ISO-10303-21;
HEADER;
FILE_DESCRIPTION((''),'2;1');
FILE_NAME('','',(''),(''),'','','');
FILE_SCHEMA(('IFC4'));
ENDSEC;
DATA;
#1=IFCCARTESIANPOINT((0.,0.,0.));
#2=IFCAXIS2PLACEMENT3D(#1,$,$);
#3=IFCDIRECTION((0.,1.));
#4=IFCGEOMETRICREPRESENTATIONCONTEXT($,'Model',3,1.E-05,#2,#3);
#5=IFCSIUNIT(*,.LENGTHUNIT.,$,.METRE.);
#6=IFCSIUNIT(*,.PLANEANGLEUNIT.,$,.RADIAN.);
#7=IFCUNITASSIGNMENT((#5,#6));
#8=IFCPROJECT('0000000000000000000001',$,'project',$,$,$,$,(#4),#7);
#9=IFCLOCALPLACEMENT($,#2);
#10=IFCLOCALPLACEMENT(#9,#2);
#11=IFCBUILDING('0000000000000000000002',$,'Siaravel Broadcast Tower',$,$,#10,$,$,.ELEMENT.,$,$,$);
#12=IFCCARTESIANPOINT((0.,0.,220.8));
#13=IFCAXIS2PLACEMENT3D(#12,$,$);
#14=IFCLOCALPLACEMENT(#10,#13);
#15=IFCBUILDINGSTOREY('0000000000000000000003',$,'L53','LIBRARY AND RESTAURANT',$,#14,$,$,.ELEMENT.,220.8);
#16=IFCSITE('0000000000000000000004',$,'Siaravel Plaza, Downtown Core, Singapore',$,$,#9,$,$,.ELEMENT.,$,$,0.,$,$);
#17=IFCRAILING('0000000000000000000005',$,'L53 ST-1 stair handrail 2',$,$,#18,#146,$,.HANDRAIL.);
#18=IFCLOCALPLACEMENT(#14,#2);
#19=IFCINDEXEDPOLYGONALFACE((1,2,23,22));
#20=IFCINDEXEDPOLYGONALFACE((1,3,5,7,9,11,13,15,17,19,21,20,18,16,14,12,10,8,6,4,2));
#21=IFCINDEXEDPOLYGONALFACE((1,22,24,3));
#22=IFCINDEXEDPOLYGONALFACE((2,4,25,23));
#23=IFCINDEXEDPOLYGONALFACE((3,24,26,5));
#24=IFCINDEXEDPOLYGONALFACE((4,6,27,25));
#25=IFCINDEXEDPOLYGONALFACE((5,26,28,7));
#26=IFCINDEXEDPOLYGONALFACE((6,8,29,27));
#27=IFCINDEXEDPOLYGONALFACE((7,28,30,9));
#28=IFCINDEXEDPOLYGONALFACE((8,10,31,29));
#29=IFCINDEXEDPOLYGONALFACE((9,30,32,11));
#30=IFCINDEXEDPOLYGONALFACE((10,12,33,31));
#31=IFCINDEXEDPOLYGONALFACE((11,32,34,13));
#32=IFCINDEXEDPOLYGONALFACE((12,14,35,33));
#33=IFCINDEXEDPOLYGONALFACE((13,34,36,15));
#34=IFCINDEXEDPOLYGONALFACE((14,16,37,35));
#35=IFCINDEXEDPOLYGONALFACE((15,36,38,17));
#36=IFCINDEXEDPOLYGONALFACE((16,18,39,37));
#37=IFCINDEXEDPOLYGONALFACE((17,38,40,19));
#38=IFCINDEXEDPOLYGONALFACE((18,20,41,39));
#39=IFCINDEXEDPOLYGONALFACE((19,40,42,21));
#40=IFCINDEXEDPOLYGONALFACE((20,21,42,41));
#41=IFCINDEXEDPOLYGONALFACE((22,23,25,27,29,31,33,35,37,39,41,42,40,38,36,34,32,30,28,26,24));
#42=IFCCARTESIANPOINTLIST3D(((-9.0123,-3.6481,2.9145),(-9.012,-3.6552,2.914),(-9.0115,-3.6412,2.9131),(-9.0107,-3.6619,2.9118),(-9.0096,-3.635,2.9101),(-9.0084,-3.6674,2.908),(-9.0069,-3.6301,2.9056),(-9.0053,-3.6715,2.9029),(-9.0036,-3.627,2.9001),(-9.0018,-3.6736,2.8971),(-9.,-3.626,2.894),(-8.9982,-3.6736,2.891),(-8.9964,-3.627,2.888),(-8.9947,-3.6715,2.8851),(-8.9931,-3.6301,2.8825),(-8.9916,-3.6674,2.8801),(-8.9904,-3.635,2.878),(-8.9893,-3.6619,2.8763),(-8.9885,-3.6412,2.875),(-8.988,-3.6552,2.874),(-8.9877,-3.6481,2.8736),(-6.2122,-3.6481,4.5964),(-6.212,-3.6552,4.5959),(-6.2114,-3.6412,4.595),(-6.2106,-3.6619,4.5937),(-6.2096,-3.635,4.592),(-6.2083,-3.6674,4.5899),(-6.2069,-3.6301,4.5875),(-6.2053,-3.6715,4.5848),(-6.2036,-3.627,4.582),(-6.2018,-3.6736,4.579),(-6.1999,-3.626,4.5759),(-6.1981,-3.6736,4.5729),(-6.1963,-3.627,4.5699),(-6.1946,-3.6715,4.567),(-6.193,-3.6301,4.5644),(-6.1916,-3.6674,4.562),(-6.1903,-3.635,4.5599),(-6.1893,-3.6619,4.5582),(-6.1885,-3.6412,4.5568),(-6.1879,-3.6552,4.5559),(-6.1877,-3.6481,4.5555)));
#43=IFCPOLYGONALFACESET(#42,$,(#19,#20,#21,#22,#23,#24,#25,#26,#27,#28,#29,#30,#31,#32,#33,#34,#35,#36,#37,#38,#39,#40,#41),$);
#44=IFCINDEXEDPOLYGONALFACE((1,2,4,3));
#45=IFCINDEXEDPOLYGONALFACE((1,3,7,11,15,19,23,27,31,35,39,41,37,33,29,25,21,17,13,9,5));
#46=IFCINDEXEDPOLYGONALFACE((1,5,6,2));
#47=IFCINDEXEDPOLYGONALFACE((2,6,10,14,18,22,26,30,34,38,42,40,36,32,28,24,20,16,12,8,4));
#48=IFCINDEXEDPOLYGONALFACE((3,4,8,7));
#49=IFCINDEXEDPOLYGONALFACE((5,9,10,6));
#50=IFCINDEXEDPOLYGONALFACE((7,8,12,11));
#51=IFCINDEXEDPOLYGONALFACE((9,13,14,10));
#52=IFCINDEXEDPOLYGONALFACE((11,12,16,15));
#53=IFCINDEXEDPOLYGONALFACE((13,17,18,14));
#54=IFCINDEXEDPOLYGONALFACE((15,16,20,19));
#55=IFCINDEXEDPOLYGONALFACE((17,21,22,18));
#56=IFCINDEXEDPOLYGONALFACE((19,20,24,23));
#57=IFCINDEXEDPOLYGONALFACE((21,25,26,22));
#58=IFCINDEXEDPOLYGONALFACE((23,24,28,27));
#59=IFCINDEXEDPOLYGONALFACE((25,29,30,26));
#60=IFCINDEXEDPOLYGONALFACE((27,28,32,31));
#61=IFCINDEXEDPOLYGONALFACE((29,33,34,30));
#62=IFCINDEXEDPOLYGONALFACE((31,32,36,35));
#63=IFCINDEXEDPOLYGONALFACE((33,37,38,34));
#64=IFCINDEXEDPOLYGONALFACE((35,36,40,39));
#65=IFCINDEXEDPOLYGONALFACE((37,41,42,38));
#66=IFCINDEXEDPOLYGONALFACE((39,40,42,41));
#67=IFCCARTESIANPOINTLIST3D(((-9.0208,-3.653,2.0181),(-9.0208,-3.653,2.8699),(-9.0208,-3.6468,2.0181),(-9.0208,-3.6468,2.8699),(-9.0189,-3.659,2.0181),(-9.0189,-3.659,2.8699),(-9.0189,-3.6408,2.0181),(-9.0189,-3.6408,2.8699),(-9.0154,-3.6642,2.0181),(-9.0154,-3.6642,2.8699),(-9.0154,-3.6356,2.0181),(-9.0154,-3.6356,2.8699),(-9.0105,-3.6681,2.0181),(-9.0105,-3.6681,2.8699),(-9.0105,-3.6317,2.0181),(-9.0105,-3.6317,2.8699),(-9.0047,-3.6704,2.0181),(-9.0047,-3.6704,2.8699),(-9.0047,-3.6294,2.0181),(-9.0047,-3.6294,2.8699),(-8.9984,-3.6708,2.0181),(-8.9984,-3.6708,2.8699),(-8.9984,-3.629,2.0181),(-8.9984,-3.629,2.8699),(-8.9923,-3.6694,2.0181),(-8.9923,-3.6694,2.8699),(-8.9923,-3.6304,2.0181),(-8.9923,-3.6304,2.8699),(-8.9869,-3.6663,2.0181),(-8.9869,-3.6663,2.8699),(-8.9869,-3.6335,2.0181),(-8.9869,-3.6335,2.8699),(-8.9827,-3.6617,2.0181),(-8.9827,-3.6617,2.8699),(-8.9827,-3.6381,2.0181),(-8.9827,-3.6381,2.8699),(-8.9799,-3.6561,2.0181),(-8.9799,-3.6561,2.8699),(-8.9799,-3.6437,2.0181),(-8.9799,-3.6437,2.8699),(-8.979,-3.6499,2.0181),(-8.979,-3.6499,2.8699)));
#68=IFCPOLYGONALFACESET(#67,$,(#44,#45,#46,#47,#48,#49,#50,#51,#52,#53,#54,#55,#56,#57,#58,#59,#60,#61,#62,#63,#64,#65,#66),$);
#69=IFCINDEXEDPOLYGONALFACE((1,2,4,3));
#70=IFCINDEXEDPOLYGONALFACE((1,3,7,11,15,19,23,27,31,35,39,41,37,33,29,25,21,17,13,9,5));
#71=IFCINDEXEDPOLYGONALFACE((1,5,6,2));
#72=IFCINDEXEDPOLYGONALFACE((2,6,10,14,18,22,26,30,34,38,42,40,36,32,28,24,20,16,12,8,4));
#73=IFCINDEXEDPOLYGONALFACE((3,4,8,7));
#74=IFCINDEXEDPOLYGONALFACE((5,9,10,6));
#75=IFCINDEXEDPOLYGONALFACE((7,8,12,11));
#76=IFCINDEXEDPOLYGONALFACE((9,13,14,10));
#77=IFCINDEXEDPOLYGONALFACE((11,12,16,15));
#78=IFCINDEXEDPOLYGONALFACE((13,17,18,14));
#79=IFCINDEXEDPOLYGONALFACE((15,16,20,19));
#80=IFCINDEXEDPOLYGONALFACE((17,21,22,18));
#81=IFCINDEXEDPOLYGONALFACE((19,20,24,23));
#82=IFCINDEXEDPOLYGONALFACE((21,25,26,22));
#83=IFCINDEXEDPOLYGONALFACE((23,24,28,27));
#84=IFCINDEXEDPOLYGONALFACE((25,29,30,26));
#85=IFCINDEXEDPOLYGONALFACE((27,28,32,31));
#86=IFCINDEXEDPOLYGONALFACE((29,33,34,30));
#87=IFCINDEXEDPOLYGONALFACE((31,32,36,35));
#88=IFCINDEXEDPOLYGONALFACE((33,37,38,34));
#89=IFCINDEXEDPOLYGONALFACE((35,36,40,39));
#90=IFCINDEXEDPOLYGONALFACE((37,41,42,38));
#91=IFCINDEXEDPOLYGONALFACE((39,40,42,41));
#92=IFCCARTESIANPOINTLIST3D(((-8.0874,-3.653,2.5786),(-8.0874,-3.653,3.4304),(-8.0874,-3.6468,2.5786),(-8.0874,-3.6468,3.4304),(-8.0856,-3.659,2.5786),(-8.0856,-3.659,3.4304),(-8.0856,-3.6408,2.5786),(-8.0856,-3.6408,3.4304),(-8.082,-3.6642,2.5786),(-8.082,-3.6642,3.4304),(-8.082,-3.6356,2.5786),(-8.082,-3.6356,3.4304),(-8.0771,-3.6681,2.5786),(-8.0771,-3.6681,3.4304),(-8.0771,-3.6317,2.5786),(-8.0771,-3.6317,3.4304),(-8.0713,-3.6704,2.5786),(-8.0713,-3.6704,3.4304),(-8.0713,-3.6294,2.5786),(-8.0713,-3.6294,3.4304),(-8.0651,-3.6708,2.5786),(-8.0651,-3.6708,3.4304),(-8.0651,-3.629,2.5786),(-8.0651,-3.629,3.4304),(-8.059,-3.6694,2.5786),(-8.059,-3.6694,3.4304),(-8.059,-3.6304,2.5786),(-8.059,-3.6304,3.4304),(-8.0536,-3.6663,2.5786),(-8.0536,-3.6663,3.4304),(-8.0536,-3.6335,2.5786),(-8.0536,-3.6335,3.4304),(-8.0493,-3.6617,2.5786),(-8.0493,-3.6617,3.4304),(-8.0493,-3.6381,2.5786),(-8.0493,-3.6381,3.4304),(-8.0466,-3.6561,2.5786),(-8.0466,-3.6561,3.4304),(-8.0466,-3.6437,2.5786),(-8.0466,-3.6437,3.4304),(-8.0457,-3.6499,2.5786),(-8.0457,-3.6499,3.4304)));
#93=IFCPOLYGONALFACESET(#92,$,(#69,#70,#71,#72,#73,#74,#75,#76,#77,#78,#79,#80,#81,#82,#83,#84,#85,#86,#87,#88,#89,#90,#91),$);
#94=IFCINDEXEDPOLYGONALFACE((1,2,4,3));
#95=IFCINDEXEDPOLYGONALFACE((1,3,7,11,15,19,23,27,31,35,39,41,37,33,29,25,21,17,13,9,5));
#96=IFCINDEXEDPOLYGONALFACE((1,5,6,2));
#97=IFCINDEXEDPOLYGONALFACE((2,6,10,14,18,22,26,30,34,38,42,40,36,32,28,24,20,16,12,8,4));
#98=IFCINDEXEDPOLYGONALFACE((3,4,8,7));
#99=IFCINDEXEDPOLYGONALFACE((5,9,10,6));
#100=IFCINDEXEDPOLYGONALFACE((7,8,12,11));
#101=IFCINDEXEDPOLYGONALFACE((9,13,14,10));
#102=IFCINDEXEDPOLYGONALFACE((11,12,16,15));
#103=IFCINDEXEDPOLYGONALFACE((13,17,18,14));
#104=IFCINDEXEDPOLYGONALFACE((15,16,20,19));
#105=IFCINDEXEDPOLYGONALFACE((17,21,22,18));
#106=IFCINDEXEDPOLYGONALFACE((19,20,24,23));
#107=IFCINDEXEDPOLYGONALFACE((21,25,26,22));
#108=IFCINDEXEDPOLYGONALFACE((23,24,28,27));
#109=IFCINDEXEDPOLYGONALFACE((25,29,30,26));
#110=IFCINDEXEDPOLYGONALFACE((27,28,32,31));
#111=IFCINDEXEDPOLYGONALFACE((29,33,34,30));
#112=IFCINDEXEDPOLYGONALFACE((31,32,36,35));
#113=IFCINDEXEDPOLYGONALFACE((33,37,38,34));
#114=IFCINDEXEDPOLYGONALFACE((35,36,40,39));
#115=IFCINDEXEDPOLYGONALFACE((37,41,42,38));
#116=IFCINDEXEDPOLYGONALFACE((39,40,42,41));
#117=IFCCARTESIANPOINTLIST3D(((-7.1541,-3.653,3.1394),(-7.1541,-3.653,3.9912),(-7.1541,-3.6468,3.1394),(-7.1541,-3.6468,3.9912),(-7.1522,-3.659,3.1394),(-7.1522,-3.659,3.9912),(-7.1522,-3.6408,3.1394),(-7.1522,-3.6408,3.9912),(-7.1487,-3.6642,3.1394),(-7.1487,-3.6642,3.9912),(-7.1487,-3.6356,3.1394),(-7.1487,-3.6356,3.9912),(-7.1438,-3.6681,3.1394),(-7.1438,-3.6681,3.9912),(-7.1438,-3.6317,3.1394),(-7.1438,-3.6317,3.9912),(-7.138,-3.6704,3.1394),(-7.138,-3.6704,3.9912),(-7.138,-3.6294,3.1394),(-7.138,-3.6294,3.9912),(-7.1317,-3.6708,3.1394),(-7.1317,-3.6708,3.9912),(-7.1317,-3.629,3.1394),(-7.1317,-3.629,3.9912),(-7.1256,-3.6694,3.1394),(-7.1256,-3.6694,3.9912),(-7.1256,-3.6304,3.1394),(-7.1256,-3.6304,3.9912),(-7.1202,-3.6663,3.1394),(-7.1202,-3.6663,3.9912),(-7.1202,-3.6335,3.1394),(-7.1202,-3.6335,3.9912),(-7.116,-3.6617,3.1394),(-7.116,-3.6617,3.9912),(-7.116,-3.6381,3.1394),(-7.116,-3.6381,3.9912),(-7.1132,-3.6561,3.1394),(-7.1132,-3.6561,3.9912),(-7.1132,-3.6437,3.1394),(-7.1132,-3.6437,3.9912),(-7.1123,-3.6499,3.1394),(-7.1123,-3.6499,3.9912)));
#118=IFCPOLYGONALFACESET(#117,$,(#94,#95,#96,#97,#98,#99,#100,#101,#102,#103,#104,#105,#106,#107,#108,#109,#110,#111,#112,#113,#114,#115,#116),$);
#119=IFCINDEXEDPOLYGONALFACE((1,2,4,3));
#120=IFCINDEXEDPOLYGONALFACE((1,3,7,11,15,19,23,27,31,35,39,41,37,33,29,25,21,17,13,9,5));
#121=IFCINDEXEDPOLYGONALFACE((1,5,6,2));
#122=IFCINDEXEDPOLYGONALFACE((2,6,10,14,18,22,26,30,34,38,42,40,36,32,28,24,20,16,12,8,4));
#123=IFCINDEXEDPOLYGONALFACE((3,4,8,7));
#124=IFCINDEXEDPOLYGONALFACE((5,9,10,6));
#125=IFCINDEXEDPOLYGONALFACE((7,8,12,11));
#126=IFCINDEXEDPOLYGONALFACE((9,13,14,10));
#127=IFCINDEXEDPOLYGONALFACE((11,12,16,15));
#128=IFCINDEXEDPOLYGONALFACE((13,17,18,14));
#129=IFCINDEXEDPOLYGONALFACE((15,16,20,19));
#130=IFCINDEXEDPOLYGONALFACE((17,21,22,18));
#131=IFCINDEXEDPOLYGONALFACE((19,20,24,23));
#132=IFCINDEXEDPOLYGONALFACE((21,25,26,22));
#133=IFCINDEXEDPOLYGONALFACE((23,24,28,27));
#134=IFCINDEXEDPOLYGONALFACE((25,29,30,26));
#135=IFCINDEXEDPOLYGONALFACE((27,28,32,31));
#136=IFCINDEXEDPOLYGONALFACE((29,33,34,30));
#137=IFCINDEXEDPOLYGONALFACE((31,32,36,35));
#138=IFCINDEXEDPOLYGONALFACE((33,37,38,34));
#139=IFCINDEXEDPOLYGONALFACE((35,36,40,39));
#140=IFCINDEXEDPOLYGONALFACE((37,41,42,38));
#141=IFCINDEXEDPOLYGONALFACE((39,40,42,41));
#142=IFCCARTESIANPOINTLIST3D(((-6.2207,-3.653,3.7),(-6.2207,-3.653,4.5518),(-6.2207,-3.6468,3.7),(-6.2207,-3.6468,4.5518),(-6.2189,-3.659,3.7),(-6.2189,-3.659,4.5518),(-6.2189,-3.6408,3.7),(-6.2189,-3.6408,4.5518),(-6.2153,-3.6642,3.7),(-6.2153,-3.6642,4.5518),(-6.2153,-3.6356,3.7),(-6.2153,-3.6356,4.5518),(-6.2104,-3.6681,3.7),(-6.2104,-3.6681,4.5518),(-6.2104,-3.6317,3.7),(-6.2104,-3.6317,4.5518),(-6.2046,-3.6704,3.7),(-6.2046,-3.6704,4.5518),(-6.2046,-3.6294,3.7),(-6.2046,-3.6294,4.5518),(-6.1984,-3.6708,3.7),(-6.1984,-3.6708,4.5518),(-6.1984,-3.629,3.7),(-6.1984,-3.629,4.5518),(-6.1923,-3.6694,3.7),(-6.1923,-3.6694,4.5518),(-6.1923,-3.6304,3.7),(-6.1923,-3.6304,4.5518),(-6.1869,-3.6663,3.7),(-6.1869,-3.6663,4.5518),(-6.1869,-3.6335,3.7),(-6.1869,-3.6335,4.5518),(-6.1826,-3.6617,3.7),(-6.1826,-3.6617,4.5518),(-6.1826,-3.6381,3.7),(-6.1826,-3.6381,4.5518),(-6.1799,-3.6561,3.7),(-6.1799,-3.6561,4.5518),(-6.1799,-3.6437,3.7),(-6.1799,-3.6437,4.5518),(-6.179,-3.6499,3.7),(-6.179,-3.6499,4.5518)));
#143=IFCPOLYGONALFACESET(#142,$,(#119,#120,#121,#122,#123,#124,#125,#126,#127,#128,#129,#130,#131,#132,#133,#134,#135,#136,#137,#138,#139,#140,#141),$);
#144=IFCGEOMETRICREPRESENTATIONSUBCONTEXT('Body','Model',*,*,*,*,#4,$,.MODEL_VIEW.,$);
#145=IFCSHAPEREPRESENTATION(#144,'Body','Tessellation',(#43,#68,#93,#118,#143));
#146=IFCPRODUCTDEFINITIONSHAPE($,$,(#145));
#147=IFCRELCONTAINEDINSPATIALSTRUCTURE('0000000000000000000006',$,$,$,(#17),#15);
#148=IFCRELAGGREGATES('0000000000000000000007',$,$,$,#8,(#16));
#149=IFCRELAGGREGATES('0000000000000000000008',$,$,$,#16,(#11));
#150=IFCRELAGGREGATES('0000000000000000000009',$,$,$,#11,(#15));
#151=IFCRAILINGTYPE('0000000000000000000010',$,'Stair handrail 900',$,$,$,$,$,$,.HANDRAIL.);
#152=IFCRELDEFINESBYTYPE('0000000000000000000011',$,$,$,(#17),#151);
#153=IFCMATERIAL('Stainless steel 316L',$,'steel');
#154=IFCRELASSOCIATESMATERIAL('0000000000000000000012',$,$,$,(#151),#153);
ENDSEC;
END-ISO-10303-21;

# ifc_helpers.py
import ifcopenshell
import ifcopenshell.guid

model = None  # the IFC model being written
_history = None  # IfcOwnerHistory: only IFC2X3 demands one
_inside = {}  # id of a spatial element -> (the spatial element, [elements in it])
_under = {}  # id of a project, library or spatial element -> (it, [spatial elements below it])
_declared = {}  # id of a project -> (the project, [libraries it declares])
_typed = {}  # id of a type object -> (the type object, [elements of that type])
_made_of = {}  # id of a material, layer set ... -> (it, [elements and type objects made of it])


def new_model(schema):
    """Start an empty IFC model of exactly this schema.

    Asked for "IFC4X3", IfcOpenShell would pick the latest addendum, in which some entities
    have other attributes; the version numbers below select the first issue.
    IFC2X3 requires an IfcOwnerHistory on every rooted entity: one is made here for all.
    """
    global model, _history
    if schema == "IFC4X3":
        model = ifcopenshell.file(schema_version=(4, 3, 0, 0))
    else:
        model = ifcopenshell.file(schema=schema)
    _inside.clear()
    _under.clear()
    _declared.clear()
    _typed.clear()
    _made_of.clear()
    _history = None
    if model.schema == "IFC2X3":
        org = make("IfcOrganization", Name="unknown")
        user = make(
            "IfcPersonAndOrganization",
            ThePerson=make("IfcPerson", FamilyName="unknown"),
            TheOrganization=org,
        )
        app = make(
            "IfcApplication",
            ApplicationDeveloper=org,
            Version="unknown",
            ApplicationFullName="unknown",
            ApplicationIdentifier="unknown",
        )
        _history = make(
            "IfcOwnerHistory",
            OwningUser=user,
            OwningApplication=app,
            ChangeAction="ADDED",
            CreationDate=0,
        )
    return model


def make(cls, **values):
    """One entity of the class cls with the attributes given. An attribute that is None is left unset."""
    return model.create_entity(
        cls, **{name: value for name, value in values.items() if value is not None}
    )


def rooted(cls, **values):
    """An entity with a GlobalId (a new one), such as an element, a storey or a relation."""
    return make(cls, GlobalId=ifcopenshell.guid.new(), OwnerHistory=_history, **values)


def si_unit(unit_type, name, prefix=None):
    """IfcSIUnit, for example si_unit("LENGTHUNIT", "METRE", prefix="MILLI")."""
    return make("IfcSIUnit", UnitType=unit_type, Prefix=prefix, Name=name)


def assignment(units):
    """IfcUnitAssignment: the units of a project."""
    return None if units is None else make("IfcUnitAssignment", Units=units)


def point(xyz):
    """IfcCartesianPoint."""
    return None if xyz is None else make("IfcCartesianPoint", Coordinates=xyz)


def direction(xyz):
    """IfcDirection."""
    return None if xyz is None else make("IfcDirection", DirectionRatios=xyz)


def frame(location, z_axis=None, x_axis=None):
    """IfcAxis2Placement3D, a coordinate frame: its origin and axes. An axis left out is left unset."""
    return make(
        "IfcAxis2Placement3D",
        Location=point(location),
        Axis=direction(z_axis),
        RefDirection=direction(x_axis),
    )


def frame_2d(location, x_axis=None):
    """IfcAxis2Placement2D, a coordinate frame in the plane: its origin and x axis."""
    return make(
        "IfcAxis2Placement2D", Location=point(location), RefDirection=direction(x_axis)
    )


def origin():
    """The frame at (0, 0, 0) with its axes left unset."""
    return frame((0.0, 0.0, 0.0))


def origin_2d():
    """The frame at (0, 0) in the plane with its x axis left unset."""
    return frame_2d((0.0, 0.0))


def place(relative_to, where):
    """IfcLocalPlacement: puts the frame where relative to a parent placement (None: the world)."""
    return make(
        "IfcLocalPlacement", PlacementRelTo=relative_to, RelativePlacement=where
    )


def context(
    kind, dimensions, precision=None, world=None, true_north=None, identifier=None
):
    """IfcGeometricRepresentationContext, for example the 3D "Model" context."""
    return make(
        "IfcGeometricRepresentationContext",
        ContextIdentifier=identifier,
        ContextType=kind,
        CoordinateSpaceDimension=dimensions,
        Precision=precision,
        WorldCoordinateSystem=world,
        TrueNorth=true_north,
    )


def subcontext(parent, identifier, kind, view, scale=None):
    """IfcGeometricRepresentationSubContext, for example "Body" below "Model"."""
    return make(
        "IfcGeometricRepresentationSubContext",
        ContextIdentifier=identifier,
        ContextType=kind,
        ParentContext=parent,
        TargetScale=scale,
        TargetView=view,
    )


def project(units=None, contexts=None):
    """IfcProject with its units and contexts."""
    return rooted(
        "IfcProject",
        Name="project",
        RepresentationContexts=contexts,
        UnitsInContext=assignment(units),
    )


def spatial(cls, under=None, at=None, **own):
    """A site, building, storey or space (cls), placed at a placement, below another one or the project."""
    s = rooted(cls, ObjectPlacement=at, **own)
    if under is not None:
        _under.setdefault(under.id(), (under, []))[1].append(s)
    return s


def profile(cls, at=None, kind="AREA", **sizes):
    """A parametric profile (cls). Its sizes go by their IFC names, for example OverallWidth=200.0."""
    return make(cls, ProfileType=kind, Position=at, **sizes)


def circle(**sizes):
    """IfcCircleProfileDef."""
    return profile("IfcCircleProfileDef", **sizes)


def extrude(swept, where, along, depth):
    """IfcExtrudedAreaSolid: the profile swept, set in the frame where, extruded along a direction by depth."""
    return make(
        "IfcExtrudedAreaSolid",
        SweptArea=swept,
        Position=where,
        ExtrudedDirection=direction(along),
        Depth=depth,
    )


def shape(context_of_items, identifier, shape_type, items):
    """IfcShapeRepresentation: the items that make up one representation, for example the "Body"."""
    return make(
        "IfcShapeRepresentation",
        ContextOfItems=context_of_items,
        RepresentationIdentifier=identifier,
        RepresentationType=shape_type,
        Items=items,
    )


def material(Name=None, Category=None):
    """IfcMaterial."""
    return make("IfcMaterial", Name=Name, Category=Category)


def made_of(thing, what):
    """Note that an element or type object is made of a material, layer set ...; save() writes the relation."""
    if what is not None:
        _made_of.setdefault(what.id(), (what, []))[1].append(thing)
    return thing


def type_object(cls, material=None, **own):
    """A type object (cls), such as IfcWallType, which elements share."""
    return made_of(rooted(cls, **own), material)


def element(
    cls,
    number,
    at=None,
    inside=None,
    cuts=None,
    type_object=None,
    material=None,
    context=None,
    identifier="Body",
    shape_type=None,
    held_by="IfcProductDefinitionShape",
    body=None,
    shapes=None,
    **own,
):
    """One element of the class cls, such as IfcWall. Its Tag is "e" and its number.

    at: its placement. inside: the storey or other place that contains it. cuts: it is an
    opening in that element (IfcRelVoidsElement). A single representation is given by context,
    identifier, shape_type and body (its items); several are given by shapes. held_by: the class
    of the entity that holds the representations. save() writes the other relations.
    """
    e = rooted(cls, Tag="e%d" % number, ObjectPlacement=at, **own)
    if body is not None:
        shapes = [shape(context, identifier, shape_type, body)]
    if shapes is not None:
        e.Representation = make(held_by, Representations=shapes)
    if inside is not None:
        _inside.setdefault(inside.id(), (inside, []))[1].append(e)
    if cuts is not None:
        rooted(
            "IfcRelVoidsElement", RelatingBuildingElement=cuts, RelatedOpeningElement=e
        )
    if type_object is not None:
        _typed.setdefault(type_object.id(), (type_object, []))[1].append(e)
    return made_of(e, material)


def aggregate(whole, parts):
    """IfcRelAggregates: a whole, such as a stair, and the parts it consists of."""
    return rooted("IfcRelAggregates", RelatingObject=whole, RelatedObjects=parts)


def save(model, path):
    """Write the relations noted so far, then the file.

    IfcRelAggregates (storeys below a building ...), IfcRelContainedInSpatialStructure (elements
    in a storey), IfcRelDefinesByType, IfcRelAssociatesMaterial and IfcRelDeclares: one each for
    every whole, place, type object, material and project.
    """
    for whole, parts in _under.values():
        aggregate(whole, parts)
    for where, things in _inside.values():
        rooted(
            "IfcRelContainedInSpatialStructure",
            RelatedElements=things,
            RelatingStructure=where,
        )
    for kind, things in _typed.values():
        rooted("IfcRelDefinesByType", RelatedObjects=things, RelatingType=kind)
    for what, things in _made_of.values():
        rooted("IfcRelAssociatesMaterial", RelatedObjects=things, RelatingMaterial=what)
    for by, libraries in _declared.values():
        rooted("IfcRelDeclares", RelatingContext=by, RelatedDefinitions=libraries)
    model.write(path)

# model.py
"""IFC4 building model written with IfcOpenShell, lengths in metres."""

from ifc_helpers import new_model, si_unit, direction, frame, origin, origin_2d, place, context, subcontext, project, spatial, circle, extrude, material, type_object, element, save


model = new_model("IFC4")

# Units and contexts
model_context = context("Model", 3, precision=1e-05, world=origin(), true_north=direction((0.0, 1.0)))
body_context = subcontext(model_context, "Body", "Model", "MODEL_VIEW")
ifc_project = project(units=[si_unit("LENGTHUNIT", "METRE"), si_unit("PLANEANGLEUNIT", "RADIAN")], contexts=[model_context])

# Site, building, storey
site_placement = place(None, origin())
site = spatial("IfcSite", under=ifc_project, at=site_placement, Name="Siaravel Plaza, Downtown Core, Singapore", CompositionType="ELEMENT", RefElevation=0.0)
building_placement = place(site_placement, origin())
building = spatial("IfcBuilding", under=site, at=building_placement, Name="Siaravel Broadcast Tower", CompositionType="ELEMENT")
storey_placement = place(building_placement, frame((0.0, 0.0, 220.8)))
storey = spatial("IfcBuildingStorey", under=building, at=storey_placement, Name="L53", Description="LIBRARY AND RESTAURANT", CompositionType="ELEMENT", Elevation=220.8)

# Shared definitions
ifc_material_1 = material(Name="Stainless steel 316L", Category="steel")

# Railing
railing_type_1 = type_object("IfcRailingType", Name="Stair handrail 900", PredefinedType="HANDRAIL", material=ifc_material_1)
railing_1_placement = place(storey_placement, frame((-9.0, -3.6499, 2.0181)))
element("IfcRailing", 1, at=railing_1_placement, inside=storey, type_object=railing_type_1, Name="L53 ST-1 stair handrail 2", PredefinedType="HANDRAIL", context=body_context, shape_type="SweptSolid", body=[
    extrude(circle(Radius=0.0239, at=origin_2d()), frame((0.0, 0.0, 0.876), z_axis=(0.857242, 0.0, 0.514913), x_axis=(0.0, 1.0, 0.0)), (0.0, 0.0, 1.0), 3.2664),
    extrude(circle(Radius=0.021, at=origin_2d()), origin(), (0.0, 0.0, 1.0), 0.8518),
    extrude(circle(Radius=0.021, at=origin_2d()), frame((0.9333, 0.0, 0.5605)), (0.0, 0.0, 1.0), 0.8518),
    extrude(circle(Radius=0.021, at=origin_2d()), frame((1.8667, 0.0, 1.1213)), (0.0, 0.0, 1.0), 0.8518),
    extrude(circle(Radius=0.021, at=origin_2d()), frame((2.8, 0.0, 1.6819)), (0.0, 0.0, 1.0), 0.8518),
])

save(model, "model.ifc")
